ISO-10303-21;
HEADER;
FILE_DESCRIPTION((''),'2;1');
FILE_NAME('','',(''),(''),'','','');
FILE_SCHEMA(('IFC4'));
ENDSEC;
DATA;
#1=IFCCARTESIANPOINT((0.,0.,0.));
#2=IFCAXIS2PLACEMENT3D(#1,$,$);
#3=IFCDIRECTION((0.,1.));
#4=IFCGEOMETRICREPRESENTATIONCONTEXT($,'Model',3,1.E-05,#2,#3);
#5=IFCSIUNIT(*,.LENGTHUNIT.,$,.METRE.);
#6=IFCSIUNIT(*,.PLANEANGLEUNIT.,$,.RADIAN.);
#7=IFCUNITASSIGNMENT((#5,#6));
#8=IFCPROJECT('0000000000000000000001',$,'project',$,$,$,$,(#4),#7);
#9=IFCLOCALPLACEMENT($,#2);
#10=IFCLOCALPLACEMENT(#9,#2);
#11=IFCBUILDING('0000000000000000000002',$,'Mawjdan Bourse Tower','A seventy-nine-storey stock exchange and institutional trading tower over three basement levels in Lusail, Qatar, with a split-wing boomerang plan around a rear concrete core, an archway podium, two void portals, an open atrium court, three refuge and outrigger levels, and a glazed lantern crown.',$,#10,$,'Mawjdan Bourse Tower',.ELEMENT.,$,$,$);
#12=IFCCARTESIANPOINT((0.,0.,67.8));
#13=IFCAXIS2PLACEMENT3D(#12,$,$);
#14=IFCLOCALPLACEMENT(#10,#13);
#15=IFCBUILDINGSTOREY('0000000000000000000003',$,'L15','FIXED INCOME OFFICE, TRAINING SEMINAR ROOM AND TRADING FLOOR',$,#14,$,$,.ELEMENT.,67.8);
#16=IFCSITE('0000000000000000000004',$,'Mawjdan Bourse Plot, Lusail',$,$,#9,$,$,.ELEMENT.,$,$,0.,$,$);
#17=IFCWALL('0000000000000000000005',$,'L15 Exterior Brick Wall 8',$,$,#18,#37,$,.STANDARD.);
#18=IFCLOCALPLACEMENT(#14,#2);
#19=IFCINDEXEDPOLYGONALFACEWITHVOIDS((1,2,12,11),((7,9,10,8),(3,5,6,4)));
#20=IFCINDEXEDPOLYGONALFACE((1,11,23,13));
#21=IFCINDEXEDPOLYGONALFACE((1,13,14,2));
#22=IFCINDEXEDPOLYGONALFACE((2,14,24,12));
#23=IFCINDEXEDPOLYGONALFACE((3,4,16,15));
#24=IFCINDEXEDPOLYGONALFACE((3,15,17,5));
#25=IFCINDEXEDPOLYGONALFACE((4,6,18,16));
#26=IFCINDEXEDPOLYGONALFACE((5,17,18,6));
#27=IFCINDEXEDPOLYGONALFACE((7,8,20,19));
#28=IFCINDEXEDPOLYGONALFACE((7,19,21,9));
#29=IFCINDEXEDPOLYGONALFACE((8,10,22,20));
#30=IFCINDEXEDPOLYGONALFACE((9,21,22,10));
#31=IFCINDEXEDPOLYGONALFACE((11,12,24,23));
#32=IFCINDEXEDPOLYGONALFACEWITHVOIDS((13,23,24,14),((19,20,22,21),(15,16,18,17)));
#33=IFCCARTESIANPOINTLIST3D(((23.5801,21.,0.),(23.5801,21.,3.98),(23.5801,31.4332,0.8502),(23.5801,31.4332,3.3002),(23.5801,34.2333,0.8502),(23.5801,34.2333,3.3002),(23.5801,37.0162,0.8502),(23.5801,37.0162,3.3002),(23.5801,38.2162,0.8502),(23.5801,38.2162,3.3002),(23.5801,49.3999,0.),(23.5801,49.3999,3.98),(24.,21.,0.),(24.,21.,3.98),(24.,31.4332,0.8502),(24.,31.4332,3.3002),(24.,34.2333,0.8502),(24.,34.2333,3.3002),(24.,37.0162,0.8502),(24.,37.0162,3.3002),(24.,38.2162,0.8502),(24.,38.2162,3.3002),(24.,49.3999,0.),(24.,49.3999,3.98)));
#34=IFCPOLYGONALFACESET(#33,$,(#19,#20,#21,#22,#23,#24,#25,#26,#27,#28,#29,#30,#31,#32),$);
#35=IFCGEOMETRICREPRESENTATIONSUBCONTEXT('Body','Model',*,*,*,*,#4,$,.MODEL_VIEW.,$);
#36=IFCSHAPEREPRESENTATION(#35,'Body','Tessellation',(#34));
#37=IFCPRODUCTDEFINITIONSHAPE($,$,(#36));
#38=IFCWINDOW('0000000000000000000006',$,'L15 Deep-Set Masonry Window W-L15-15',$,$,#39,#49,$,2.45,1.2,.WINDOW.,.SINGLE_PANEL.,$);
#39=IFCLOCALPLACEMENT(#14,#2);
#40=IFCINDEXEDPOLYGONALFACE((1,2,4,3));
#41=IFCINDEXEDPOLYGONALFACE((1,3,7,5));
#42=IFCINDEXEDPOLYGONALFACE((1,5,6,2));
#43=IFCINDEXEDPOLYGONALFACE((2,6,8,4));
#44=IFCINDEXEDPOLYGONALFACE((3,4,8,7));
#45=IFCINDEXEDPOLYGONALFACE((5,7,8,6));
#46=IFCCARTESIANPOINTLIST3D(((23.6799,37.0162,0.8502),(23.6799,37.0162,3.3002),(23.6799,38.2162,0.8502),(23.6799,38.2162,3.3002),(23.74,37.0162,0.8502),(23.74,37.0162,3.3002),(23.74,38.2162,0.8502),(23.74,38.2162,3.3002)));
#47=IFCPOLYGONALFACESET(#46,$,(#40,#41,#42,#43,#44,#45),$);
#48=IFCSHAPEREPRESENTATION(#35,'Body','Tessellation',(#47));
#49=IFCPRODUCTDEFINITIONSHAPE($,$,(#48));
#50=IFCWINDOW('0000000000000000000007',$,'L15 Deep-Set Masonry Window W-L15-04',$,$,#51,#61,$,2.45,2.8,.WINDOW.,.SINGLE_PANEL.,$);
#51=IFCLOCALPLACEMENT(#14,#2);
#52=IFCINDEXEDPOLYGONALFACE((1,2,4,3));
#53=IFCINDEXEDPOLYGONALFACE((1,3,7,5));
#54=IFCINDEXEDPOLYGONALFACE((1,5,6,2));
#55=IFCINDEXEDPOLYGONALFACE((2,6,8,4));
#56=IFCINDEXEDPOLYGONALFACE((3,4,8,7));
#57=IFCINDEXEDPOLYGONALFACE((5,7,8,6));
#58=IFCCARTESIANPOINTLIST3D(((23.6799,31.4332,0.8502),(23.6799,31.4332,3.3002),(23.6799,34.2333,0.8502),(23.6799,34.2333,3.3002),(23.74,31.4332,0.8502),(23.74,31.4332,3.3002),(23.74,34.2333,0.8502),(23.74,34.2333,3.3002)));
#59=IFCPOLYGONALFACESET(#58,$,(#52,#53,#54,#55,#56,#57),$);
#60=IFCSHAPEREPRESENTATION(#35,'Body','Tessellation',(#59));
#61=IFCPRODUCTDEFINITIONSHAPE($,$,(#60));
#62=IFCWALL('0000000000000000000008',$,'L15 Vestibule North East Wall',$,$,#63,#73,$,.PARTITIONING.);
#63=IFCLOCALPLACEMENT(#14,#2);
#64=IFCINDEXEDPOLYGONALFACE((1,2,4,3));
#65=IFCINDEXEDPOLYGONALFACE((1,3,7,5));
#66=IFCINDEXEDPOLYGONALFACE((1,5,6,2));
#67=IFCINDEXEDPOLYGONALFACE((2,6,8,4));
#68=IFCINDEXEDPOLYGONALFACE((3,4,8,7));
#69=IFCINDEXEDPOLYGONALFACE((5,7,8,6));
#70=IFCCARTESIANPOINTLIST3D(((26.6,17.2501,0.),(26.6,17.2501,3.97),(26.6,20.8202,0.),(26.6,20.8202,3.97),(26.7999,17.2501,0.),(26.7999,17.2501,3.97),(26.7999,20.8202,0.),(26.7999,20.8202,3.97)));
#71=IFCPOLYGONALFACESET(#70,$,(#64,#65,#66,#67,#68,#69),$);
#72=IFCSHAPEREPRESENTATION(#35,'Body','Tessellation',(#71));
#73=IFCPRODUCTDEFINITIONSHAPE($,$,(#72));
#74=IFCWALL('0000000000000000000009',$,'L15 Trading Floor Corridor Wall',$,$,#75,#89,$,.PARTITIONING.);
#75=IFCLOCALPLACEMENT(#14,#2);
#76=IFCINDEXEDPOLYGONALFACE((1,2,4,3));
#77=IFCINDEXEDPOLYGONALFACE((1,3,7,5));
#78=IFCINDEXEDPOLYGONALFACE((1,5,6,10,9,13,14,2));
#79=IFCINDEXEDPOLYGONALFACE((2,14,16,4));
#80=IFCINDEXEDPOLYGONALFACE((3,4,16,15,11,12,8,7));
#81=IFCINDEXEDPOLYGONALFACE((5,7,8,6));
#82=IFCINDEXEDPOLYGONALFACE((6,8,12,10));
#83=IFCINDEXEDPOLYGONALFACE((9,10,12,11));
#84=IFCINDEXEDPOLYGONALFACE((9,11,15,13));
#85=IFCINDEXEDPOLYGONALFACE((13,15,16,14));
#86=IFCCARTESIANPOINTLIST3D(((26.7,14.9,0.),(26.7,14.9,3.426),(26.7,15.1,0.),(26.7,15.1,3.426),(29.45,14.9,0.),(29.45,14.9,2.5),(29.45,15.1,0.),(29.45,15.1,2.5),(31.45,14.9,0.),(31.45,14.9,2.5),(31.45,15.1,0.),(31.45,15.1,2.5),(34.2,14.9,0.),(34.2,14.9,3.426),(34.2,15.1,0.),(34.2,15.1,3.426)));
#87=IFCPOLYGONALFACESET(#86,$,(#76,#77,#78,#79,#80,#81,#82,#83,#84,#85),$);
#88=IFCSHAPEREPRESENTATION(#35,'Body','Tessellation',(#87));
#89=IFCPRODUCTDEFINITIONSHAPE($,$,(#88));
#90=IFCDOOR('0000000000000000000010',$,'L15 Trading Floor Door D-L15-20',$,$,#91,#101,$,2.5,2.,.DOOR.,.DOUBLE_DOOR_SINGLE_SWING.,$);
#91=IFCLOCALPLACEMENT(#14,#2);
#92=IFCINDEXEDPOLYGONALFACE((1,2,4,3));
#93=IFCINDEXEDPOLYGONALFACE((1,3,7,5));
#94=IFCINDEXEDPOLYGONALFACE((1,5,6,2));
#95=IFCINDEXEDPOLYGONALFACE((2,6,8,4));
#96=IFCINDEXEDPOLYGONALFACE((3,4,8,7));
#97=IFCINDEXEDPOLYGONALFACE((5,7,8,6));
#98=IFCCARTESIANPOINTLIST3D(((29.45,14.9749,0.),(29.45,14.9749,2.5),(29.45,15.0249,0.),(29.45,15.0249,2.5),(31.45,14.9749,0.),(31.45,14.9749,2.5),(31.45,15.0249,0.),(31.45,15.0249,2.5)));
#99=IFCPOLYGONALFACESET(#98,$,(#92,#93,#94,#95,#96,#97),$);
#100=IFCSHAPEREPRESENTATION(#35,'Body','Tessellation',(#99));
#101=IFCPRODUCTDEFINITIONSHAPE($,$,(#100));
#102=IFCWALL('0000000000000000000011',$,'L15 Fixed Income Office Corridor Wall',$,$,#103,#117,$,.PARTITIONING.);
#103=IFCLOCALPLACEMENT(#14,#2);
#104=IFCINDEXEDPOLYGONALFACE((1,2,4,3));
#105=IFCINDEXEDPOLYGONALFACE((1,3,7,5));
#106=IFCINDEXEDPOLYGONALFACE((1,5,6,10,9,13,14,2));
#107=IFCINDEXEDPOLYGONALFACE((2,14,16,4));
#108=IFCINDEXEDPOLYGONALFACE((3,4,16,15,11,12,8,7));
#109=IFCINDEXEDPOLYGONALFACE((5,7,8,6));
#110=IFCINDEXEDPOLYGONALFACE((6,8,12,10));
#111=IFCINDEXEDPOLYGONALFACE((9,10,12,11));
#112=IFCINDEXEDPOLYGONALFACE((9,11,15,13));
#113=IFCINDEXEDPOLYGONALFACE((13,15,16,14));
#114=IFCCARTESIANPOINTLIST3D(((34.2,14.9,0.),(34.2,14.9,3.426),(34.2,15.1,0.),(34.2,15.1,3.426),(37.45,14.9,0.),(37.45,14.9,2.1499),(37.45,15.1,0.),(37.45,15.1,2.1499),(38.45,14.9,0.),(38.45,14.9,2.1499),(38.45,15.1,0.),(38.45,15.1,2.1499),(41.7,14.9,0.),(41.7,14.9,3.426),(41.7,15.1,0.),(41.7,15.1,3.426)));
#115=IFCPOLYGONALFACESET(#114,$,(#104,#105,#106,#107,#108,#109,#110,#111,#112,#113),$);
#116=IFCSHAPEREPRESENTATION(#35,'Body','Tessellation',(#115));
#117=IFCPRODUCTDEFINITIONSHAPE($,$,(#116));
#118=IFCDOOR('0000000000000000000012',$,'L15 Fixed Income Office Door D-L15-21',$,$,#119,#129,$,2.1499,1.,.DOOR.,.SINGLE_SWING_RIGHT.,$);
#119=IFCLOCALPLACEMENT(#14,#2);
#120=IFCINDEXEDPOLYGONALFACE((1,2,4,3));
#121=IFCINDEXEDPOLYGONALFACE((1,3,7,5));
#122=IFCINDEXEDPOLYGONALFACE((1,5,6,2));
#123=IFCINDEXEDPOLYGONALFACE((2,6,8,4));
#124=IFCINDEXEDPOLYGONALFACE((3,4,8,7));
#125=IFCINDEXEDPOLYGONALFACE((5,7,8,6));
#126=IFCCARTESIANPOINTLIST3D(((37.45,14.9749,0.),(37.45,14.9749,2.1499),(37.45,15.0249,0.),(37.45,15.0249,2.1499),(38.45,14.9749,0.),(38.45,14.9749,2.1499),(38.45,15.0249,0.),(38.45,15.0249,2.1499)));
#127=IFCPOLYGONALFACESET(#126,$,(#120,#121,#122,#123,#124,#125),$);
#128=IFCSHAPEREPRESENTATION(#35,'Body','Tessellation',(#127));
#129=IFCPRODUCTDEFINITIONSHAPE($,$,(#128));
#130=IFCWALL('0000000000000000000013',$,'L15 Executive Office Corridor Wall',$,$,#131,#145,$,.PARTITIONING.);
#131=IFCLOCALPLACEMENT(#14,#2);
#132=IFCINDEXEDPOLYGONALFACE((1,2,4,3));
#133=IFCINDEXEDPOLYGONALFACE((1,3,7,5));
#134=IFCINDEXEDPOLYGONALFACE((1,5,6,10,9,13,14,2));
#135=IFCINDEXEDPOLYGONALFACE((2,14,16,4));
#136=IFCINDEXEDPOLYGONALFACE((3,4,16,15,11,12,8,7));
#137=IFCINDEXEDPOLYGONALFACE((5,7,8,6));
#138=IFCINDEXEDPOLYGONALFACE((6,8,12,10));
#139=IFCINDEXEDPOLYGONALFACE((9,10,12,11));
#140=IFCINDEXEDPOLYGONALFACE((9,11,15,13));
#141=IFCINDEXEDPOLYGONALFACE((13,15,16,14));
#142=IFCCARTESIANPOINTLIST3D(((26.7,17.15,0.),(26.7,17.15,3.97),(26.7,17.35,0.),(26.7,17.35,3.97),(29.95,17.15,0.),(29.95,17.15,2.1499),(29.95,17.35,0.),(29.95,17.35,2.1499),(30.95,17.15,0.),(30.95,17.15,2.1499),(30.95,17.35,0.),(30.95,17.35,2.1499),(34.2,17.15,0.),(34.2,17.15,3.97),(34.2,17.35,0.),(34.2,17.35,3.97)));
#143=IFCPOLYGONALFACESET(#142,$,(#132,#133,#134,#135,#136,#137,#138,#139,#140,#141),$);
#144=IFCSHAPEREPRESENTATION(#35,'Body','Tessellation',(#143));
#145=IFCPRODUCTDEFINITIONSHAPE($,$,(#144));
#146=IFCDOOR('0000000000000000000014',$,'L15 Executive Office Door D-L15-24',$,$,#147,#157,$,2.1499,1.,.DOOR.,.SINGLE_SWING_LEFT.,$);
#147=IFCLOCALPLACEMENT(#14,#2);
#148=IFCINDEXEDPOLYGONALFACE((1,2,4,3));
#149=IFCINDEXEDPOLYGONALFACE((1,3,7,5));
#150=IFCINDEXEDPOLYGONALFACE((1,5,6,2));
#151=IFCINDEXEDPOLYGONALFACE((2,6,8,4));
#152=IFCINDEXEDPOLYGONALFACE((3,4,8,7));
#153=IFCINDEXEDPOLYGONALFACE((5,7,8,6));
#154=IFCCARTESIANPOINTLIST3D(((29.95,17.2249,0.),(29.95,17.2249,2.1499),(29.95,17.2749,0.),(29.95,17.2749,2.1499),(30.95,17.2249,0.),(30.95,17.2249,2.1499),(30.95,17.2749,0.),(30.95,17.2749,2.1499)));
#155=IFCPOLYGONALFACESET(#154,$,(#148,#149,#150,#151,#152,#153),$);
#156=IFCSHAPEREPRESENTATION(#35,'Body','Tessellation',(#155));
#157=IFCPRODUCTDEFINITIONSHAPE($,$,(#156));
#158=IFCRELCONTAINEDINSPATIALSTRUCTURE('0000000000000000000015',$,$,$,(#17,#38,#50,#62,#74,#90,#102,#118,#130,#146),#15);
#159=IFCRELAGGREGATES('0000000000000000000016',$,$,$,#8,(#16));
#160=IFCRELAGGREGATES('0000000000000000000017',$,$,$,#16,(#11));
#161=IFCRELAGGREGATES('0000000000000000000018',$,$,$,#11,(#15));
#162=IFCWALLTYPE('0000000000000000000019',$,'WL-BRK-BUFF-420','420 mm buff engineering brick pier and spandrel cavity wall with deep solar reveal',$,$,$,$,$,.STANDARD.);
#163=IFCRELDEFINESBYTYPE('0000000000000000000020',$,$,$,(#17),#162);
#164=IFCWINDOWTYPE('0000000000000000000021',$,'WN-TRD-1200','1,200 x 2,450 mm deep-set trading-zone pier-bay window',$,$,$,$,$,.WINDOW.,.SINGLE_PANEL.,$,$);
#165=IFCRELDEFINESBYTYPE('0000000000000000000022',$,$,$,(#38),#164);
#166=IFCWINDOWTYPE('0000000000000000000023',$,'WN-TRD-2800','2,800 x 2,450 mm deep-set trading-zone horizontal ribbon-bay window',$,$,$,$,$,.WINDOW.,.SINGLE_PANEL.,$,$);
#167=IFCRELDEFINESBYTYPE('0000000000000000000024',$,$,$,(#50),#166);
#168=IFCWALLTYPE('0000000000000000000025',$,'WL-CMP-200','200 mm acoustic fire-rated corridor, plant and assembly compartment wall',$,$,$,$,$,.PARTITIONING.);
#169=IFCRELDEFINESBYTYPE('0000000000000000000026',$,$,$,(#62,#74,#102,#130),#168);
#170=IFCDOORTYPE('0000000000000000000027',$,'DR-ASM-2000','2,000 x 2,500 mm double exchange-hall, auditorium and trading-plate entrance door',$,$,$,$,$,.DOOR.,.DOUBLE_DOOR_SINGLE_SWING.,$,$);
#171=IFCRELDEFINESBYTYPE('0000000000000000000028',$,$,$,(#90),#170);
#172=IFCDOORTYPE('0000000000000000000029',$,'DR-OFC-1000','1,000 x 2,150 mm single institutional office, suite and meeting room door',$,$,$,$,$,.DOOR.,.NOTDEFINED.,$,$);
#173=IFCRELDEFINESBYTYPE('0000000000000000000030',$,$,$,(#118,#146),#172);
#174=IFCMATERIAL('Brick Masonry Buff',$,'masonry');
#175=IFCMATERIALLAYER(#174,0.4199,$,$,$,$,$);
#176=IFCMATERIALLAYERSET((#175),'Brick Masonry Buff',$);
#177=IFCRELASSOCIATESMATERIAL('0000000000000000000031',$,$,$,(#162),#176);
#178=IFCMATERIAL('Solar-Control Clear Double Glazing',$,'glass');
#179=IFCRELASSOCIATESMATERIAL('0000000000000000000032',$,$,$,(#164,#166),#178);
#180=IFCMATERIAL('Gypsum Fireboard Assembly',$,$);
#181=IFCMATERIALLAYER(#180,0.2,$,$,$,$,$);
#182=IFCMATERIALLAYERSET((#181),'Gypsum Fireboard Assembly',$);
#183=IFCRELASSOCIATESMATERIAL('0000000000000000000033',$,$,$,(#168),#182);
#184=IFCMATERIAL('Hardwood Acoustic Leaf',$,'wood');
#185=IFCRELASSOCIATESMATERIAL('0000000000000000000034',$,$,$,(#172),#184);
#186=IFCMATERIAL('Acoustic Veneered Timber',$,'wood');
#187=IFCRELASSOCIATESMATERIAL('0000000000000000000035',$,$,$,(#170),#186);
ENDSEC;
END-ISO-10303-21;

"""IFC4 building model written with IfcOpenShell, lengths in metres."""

from ifc_helpers import new_model, si_unit, direction, frame, frame_2d, origin, place, context, subcontext, project, spatial, rectangle, extrude, material, layer, layer_set, type_object, element, fill, save


model = new_model("IFC4")

# Units and contexts
model_context = context("Model", 3, precision=1e-05, world=origin(), true_north=direction((0.0, 1.0)))
body_context = subcontext(model_context, "Body", "Model", "MODEL_VIEW")
ifc_project = project(units=[si_unit("LENGTHUNIT", "METRE"), si_unit("PLANEANGLEUNIT", "RADIAN")], contexts=[model_context])

# Site, building, storey
site_placement = place(None, origin())
site = spatial("IfcSite", under=ifc_project, at=site_placement, Name="Mawjdan Bourse Plot, Lusail", CompositionType="ELEMENT", RefElevation=0.0)
building_placement = place(site_placement, origin())
building = spatial("IfcBuilding", under=site, at=building_placement, Name="Mawjdan Bourse Tower", Description="A seventy-nine-storey stock exchange and institutional trading tower over three basement levels in Lusail, Qatar, with a split-wing boomerang plan around a rear concrete core, an archway podium, two void portals, an open atrium court, three refuge and outrigger levels, and a glazed lantern crown.", LongName="Mawjdan Bourse Tower", CompositionType="ELEMENT")
storey_placement = place(building_placement, frame((0.0, 0.0, 67.8)))
storey = spatial("IfcBuildingStorey", under=building, at=storey_placement, Name="L15", Description="FIXED INCOME OFFICE, TRAINING SEMINAR ROOM AND TRADING FLOOR", CompositionType="ELEMENT", Elevation=67.8)

# Wall, openings, windows
ifc_material_1 = material(Name="Brick Masonry Buff", Category="masonry")
ifc_layer_1 = layer(ifc_material_1, 0.4199)
ifc_layer_set_1 = layer_set([ifc_layer_1], Name="Brick Masonry Buff")
wall_type_1 = type_object("IfcWallType", Name="WL-BRK-BUFF-420", Description="420 mm buff engineering brick pier and spandrel cavity wall with deep solar reveal", PredefinedType="STANDARD", material=ifc_layer_set_1)
wall_1_placement = place(storey_placement, frame((23.79, 21.0, 0.0), z_axis=(0.0, 0.0, 1.0), x_axis=(0.0, 1.0, 0.0)))
wall_1 = element("IfcWall", 1, at=wall_1_placement, inside=storey, type_object=wall_type_1, Name="L15 Exterior Brick Wall 8", PredefinedType="STANDARD", context=body_context, shape_type="SweptSolid", body=[
    extrude(rectangle(XDim=28.3999, YDim=0.4199, at=frame_2d((14.2, 0.0))), origin(), (0.0, 0.0, 1.0), 3.98),
])
opening_1_placement = place(wall_1_placement, frame((10.4333, 0.0, 0.8501)))
opening_1 = element("IfcOpeningElement", 2, at=opening_1_placement, cuts=wall_1, PredefinedType="OPENING", context=body_context, shape_type="SweptSolid", body=[
    extrude(rectangle(XDim=2.8, YDim=2.45, at=frame_2d((1.3999, 1.2251))), frame((0.0, 0.22, 0.0), z_axis=(0.0, -1.0, 0.0), x_axis=(1.0, 0.0, 0.0)), (0.0, 0.0, 1.0), 0.4399),
])
opening_2_placement = place(wall_1_placement, frame((16.0161, 0.0, 0.8501)))
opening_2 = element("IfcOpeningElement", 3, at=opening_2_placement, cuts=wall_1, PredefinedType="OPENING", context=body_context, shape_type="SweptSolid", body=[
    extrude(rectangle(XDim=1.2, YDim=2.45, at=frame_2d((0.6001, 1.2251))), frame((0.0, 0.22, 0.0), z_axis=(0.0, -1.0, 0.0), x_axis=(1.0, 0.0, 0.0)), (0.0, 0.0, 1.0), 0.4399),
])
ifc_material_2 = material(Name="Solar-Control Clear Double Glazing", Category="glass")
window_type_1 = type_object("IfcWindowType", Name="WN-TRD-1200", Description="1,200 x 2,450 mm deep-set trading-zone pier-bay window", PartitioningType="SINGLE_PANEL", PredefinedType="WINDOW", material=ifc_material_2)
window_1_placement = place(opening_2_placement, origin())
window_1 = element("IfcWindow", 4, at=window_1_placement, inside=storey, type_object=window_type_1, Name="L15 Deep-Set Masonry Window W-L15-15", OverallHeight=2.45, OverallWidth=1.2, PartitioningType="SINGLE_PANEL", PredefinedType="WINDOW", context=body_context, shape_type="SweptSolid", body=[
    extrude(rectangle(XDim=1.2, YDim=2.45, at=frame_2d((0.6001, 1.2251))), frame((0.0, 0.1101, 0.0), z_axis=(0.0, -1.0, 0.0), x_axis=(1.0, 0.0, 0.0)), (0.0, 0.0, 1.0), 0.0601),
])
fill(opening_2, window_1)
window_type_2 = type_object("IfcWindowType", Name="WN-TRD-2800", Description="2,800 x 2,450 mm deep-set trading-zone horizontal ribbon-bay window", PartitioningType="SINGLE_PANEL", PredefinedType="WINDOW", material=ifc_material_2)
window_2_placement = place(opening_1_placement, origin())
window_2 = element("IfcWindow", 5, at=window_2_placement, inside=storey, type_object=window_type_2, Name="L15 Deep-Set Masonry Window W-L15-04", OverallHeight=2.45, OverallWidth=2.8, PartitioningType="SINGLE_PANEL", PredefinedType="WINDOW", context=body_context, shape_type="SweptSolid", body=[
    extrude(rectangle(XDim=2.8, YDim=2.45, at=frame_2d((1.3999, 1.2251))), frame((0.0, 0.1101, 0.0), z_axis=(0.0, -1.0, 0.0), x_axis=(1.0, 0.0, 0.0)), (0.0, 0.0, 1.0), 0.0601),
])
fill(opening_1, window_2)

# Shared definitions
ifc_material_3 = material(Name="Gypsum Fireboard Assembly")
ifc_layer_2 = layer(ifc_material_3, 0.2)
ifc_layer_set_2 = layer_set([ifc_layer_2], Name="Gypsum Fireboard Assembly")
wall_type_2 = type_object("IfcWallType", Name="WL-CMP-200", Description="200 mm acoustic fire-rated corridor, plant and assembly compartment wall", PredefinedType="PARTITIONING", material=ifc_layer_set_2)
ifc_material_4 = material(Name="Hardwood Acoustic Leaf", Category="wood")
door_type_1 = type_object("IfcDoorType", Name="DR-OFC-1000", Description="1,000 x 2,150 mm single institutional office, suite and meeting room door", OperationType="NOTDEFINED", PredefinedType="DOOR", material=ifc_material_4)

# Wall
wall_2_placement = place(storey_placement, frame((26.7, 17.25, 0.0), z_axis=(0.0, 0.0, 1.0), x_axis=(0.0, 1.0, 0.0)))
element("IfcWall", 6, at=wall_2_placement, inside=storey, type_object=wall_type_2, Name="L15 Vestibule North East Wall", PredefinedType="PARTITIONING", context=body_context, shape_type="SweptSolid", body=[
    extrude(rectangle(XDim=3.5701, YDim=0.2, at=frame_2d((1.7852, 0.0))), origin(), (0.0, 0.0, 1.0), 3.97),
])

# Walls, openings, doors
wall_3_placement = place(storey_placement, frame((26.7, 15.0, 0.0), z_axis=(0.0, 0.0, 1.0), x_axis=(1.0, 0.0, 0.0)))
wall_3 = element("IfcWall", 7, at=wall_3_placement, inside=storey, type_object=wall_type_2, Name="L15 Trading Floor Corridor Wall", PredefinedType="PARTITIONING", context=body_context, shape_type="SweptSolid", body=[
    extrude(rectangle(XDim=7.5, YDim=0.2, at=frame_2d((3.75, 0.0))), origin(), (0.0, 0.0, 1.0), 3.426),
])
opening_3_placement = place(wall_3_placement, frame((2.75, 0.0, 0.0)))
opening_3 = element("IfcOpeningElement", 8, at=opening_3_placement, cuts=wall_3, PredefinedType="OPENING", context=body_context, shape_type="SweptSolid", body=[
    extrude(rectangle(XDim=2.0, YDim=2.5, at=frame_2d((1.0, 1.25))), frame((0.0, 0.1099, 0.0), z_axis=(0.0, -1.0, 0.0), x_axis=(1.0, 0.0, 0.0)), (0.0, 0.0, 1.0), 0.22),
])
ifc_material_5 = material(Name="Acoustic Veneered Timber", Category="wood")
door_type_2 = type_object("IfcDoorType", Name="DR-ASM-2000", Description="2,000 x 2,500 mm double exchange-hall, auditorium and trading-plate entrance door", OperationType="DOUBLE_DOOR_SINGLE_SWING", PredefinedType="DOOR", material=ifc_material_5)
door_1_placement = place(opening_3_placement, origin())
door_1 = element("IfcDoor", 9, at=door_1_placement, inside=storey, type_object=door_type_2, Name="L15 Trading Floor Door D-L15-20", OperationType="DOUBLE_DOOR_SINGLE_SWING", OverallHeight=2.5, OverallWidth=2.0, PredefinedType="DOOR", context=body_context, shape_type="SweptSolid", body=[
    extrude(rectangle(XDim=2.0, YDim=2.5, at=frame_2d((1.0, 1.25))), frame((0.0, 0.0249, 0.0), z_axis=(0.0, -1.0, 0.0), x_axis=(1.0, 0.0, 0.0)), (0.0, 0.0, 1.0), 0.05),
])
fill(opening_3, door_1)
wall_4_placement = place(storey_placement, frame((34.2, 15.0, 0.0), z_axis=(0.0, 0.0, 1.0), x_axis=(1.0, 0.0, 0.0)))
wall_4 = element("IfcWall", 10, at=wall_4_placement, inside=storey, type_object=wall_type_2, Name="L15 Fixed Income Office Corridor Wall", PredefinedType="PARTITIONING", context=body_context, shape_type="SweptSolid", body=[
    extrude(rectangle(XDim=7.5, YDim=0.2, at=frame_2d((3.75, 0.0))), origin(), (0.0, 0.0, 1.0), 3.426),
])
opening_4_placement = place(wall_4_placement, frame((3.25, 0.0, 0.0)))
opening_4 = element("IfcOpeningElement", 11, at=opening_4_placement, cuts=wall_4, PredefinedType="OPENING", context=body_context, shape_type="SweptSolid", body=[
    extrude(rectangle(XDim=1.0, YDim=2.1499, at=frame_2d((0.5, 1.075))), frame((0.0, 0.1099, 0.0), z_axis=(0.0, -1.0, 0.0), x_axis=(1.0, 0.0, 0.0)), (0.0, 0.0, 1.0), 0.22),
])
door_2_placement = place(opening_4_placement, origin())
door_2 = element("IfcDoor", 12, at=door_2_placement, inside=storey, type_object=door_type_1, Name="L15 Fixed Income Office Door D-L15-21", OperationType="SINGLE_SWING_RIGHT", OverallHeight=2.1499, OverallWidth=1.0, PredefinedType="DOOR", context=body_context, shape_type="SweptSolid", body=[
    extrude(rectangle(XDim=1.0, YDim=2.1499, at=frame_2d((0.5, 1.075))), frame((0.0, 0.0249, 0.0), z_axis=(0.0, -1.0, 0.0), x_axis=(1.0, 0.0, 0.0)), (0.0, 0.0, 1.0), 0.05),
])
fill(opening_4, door_2)
wall_5_placement = place(storey_placement, frame((26.7, 17.25, 0.0), z_axis=(0.0, 0.0, 1.0), x_axis=(1.0, 0.0, 0.0)))
wall_5 = element("IfcWall", 13, at=wall_5_placement, inside=storey, type_object=wall_type_2, Name="L15 Executive Office Corridor Wall", PredefinedType="PARTITIONING", context=body_context, shape_type="SweptSolid", body=[
    extrude(rectangle(XDim=7.5, YDim=0.2, at=frame_2d((3.75, 0.0))), origin(), (0.0, 0.0, 1.0), 3.97),
])
opening_5_placement = place(wall_5_placement, frame((3.25, 0.0, 0.0)))
opening_5 = element("IfcOpeningElement", 14, at=opening_5_placement, cuts=wall_5, PredefinedType="OPENING", context=body_context, shape_type="SweptSolid", body=[
    extrude(rectangle(XDim=1.0, YDim=2.1499, at=frame_2d((0.5, 1.075))), frame((0.0, 0.1099, 0.0), z_axis=(0.0, -1.0, 0.0), x_axis=(1.0, 0.0, 0.0)), (0.0, 0.0, 1.0), 0.22),
])
door_3_placement = place(opening_5_placement, origin())
door_3 = element("IfcDoor", 15, at=door_3_placement, inside=storey, type_object=door_type_1, Name="L15 Executive Office Door D-L15-24", OperationType="SINGLE_SWING_LEFT", OverallHeight=2.1499, OverallWidth=1.0, PredefinedType="DOOR", context=body_context, shape_type="SweptSolid", body=[
    extrude(rectangle(XDim=1.0, YDim=2.1499, at=frame_2d((0.5, 1.075))), frame((0.0, 0.0249, 0.0), z_axis=(0.0, -1.0, 0.0), x_axis=(1.0, 0.0, 0.0)), (0.0, 0.0, 1.0), 0.05),
])
fill(opening_5, door_3)

save(model, "model.ifc")
